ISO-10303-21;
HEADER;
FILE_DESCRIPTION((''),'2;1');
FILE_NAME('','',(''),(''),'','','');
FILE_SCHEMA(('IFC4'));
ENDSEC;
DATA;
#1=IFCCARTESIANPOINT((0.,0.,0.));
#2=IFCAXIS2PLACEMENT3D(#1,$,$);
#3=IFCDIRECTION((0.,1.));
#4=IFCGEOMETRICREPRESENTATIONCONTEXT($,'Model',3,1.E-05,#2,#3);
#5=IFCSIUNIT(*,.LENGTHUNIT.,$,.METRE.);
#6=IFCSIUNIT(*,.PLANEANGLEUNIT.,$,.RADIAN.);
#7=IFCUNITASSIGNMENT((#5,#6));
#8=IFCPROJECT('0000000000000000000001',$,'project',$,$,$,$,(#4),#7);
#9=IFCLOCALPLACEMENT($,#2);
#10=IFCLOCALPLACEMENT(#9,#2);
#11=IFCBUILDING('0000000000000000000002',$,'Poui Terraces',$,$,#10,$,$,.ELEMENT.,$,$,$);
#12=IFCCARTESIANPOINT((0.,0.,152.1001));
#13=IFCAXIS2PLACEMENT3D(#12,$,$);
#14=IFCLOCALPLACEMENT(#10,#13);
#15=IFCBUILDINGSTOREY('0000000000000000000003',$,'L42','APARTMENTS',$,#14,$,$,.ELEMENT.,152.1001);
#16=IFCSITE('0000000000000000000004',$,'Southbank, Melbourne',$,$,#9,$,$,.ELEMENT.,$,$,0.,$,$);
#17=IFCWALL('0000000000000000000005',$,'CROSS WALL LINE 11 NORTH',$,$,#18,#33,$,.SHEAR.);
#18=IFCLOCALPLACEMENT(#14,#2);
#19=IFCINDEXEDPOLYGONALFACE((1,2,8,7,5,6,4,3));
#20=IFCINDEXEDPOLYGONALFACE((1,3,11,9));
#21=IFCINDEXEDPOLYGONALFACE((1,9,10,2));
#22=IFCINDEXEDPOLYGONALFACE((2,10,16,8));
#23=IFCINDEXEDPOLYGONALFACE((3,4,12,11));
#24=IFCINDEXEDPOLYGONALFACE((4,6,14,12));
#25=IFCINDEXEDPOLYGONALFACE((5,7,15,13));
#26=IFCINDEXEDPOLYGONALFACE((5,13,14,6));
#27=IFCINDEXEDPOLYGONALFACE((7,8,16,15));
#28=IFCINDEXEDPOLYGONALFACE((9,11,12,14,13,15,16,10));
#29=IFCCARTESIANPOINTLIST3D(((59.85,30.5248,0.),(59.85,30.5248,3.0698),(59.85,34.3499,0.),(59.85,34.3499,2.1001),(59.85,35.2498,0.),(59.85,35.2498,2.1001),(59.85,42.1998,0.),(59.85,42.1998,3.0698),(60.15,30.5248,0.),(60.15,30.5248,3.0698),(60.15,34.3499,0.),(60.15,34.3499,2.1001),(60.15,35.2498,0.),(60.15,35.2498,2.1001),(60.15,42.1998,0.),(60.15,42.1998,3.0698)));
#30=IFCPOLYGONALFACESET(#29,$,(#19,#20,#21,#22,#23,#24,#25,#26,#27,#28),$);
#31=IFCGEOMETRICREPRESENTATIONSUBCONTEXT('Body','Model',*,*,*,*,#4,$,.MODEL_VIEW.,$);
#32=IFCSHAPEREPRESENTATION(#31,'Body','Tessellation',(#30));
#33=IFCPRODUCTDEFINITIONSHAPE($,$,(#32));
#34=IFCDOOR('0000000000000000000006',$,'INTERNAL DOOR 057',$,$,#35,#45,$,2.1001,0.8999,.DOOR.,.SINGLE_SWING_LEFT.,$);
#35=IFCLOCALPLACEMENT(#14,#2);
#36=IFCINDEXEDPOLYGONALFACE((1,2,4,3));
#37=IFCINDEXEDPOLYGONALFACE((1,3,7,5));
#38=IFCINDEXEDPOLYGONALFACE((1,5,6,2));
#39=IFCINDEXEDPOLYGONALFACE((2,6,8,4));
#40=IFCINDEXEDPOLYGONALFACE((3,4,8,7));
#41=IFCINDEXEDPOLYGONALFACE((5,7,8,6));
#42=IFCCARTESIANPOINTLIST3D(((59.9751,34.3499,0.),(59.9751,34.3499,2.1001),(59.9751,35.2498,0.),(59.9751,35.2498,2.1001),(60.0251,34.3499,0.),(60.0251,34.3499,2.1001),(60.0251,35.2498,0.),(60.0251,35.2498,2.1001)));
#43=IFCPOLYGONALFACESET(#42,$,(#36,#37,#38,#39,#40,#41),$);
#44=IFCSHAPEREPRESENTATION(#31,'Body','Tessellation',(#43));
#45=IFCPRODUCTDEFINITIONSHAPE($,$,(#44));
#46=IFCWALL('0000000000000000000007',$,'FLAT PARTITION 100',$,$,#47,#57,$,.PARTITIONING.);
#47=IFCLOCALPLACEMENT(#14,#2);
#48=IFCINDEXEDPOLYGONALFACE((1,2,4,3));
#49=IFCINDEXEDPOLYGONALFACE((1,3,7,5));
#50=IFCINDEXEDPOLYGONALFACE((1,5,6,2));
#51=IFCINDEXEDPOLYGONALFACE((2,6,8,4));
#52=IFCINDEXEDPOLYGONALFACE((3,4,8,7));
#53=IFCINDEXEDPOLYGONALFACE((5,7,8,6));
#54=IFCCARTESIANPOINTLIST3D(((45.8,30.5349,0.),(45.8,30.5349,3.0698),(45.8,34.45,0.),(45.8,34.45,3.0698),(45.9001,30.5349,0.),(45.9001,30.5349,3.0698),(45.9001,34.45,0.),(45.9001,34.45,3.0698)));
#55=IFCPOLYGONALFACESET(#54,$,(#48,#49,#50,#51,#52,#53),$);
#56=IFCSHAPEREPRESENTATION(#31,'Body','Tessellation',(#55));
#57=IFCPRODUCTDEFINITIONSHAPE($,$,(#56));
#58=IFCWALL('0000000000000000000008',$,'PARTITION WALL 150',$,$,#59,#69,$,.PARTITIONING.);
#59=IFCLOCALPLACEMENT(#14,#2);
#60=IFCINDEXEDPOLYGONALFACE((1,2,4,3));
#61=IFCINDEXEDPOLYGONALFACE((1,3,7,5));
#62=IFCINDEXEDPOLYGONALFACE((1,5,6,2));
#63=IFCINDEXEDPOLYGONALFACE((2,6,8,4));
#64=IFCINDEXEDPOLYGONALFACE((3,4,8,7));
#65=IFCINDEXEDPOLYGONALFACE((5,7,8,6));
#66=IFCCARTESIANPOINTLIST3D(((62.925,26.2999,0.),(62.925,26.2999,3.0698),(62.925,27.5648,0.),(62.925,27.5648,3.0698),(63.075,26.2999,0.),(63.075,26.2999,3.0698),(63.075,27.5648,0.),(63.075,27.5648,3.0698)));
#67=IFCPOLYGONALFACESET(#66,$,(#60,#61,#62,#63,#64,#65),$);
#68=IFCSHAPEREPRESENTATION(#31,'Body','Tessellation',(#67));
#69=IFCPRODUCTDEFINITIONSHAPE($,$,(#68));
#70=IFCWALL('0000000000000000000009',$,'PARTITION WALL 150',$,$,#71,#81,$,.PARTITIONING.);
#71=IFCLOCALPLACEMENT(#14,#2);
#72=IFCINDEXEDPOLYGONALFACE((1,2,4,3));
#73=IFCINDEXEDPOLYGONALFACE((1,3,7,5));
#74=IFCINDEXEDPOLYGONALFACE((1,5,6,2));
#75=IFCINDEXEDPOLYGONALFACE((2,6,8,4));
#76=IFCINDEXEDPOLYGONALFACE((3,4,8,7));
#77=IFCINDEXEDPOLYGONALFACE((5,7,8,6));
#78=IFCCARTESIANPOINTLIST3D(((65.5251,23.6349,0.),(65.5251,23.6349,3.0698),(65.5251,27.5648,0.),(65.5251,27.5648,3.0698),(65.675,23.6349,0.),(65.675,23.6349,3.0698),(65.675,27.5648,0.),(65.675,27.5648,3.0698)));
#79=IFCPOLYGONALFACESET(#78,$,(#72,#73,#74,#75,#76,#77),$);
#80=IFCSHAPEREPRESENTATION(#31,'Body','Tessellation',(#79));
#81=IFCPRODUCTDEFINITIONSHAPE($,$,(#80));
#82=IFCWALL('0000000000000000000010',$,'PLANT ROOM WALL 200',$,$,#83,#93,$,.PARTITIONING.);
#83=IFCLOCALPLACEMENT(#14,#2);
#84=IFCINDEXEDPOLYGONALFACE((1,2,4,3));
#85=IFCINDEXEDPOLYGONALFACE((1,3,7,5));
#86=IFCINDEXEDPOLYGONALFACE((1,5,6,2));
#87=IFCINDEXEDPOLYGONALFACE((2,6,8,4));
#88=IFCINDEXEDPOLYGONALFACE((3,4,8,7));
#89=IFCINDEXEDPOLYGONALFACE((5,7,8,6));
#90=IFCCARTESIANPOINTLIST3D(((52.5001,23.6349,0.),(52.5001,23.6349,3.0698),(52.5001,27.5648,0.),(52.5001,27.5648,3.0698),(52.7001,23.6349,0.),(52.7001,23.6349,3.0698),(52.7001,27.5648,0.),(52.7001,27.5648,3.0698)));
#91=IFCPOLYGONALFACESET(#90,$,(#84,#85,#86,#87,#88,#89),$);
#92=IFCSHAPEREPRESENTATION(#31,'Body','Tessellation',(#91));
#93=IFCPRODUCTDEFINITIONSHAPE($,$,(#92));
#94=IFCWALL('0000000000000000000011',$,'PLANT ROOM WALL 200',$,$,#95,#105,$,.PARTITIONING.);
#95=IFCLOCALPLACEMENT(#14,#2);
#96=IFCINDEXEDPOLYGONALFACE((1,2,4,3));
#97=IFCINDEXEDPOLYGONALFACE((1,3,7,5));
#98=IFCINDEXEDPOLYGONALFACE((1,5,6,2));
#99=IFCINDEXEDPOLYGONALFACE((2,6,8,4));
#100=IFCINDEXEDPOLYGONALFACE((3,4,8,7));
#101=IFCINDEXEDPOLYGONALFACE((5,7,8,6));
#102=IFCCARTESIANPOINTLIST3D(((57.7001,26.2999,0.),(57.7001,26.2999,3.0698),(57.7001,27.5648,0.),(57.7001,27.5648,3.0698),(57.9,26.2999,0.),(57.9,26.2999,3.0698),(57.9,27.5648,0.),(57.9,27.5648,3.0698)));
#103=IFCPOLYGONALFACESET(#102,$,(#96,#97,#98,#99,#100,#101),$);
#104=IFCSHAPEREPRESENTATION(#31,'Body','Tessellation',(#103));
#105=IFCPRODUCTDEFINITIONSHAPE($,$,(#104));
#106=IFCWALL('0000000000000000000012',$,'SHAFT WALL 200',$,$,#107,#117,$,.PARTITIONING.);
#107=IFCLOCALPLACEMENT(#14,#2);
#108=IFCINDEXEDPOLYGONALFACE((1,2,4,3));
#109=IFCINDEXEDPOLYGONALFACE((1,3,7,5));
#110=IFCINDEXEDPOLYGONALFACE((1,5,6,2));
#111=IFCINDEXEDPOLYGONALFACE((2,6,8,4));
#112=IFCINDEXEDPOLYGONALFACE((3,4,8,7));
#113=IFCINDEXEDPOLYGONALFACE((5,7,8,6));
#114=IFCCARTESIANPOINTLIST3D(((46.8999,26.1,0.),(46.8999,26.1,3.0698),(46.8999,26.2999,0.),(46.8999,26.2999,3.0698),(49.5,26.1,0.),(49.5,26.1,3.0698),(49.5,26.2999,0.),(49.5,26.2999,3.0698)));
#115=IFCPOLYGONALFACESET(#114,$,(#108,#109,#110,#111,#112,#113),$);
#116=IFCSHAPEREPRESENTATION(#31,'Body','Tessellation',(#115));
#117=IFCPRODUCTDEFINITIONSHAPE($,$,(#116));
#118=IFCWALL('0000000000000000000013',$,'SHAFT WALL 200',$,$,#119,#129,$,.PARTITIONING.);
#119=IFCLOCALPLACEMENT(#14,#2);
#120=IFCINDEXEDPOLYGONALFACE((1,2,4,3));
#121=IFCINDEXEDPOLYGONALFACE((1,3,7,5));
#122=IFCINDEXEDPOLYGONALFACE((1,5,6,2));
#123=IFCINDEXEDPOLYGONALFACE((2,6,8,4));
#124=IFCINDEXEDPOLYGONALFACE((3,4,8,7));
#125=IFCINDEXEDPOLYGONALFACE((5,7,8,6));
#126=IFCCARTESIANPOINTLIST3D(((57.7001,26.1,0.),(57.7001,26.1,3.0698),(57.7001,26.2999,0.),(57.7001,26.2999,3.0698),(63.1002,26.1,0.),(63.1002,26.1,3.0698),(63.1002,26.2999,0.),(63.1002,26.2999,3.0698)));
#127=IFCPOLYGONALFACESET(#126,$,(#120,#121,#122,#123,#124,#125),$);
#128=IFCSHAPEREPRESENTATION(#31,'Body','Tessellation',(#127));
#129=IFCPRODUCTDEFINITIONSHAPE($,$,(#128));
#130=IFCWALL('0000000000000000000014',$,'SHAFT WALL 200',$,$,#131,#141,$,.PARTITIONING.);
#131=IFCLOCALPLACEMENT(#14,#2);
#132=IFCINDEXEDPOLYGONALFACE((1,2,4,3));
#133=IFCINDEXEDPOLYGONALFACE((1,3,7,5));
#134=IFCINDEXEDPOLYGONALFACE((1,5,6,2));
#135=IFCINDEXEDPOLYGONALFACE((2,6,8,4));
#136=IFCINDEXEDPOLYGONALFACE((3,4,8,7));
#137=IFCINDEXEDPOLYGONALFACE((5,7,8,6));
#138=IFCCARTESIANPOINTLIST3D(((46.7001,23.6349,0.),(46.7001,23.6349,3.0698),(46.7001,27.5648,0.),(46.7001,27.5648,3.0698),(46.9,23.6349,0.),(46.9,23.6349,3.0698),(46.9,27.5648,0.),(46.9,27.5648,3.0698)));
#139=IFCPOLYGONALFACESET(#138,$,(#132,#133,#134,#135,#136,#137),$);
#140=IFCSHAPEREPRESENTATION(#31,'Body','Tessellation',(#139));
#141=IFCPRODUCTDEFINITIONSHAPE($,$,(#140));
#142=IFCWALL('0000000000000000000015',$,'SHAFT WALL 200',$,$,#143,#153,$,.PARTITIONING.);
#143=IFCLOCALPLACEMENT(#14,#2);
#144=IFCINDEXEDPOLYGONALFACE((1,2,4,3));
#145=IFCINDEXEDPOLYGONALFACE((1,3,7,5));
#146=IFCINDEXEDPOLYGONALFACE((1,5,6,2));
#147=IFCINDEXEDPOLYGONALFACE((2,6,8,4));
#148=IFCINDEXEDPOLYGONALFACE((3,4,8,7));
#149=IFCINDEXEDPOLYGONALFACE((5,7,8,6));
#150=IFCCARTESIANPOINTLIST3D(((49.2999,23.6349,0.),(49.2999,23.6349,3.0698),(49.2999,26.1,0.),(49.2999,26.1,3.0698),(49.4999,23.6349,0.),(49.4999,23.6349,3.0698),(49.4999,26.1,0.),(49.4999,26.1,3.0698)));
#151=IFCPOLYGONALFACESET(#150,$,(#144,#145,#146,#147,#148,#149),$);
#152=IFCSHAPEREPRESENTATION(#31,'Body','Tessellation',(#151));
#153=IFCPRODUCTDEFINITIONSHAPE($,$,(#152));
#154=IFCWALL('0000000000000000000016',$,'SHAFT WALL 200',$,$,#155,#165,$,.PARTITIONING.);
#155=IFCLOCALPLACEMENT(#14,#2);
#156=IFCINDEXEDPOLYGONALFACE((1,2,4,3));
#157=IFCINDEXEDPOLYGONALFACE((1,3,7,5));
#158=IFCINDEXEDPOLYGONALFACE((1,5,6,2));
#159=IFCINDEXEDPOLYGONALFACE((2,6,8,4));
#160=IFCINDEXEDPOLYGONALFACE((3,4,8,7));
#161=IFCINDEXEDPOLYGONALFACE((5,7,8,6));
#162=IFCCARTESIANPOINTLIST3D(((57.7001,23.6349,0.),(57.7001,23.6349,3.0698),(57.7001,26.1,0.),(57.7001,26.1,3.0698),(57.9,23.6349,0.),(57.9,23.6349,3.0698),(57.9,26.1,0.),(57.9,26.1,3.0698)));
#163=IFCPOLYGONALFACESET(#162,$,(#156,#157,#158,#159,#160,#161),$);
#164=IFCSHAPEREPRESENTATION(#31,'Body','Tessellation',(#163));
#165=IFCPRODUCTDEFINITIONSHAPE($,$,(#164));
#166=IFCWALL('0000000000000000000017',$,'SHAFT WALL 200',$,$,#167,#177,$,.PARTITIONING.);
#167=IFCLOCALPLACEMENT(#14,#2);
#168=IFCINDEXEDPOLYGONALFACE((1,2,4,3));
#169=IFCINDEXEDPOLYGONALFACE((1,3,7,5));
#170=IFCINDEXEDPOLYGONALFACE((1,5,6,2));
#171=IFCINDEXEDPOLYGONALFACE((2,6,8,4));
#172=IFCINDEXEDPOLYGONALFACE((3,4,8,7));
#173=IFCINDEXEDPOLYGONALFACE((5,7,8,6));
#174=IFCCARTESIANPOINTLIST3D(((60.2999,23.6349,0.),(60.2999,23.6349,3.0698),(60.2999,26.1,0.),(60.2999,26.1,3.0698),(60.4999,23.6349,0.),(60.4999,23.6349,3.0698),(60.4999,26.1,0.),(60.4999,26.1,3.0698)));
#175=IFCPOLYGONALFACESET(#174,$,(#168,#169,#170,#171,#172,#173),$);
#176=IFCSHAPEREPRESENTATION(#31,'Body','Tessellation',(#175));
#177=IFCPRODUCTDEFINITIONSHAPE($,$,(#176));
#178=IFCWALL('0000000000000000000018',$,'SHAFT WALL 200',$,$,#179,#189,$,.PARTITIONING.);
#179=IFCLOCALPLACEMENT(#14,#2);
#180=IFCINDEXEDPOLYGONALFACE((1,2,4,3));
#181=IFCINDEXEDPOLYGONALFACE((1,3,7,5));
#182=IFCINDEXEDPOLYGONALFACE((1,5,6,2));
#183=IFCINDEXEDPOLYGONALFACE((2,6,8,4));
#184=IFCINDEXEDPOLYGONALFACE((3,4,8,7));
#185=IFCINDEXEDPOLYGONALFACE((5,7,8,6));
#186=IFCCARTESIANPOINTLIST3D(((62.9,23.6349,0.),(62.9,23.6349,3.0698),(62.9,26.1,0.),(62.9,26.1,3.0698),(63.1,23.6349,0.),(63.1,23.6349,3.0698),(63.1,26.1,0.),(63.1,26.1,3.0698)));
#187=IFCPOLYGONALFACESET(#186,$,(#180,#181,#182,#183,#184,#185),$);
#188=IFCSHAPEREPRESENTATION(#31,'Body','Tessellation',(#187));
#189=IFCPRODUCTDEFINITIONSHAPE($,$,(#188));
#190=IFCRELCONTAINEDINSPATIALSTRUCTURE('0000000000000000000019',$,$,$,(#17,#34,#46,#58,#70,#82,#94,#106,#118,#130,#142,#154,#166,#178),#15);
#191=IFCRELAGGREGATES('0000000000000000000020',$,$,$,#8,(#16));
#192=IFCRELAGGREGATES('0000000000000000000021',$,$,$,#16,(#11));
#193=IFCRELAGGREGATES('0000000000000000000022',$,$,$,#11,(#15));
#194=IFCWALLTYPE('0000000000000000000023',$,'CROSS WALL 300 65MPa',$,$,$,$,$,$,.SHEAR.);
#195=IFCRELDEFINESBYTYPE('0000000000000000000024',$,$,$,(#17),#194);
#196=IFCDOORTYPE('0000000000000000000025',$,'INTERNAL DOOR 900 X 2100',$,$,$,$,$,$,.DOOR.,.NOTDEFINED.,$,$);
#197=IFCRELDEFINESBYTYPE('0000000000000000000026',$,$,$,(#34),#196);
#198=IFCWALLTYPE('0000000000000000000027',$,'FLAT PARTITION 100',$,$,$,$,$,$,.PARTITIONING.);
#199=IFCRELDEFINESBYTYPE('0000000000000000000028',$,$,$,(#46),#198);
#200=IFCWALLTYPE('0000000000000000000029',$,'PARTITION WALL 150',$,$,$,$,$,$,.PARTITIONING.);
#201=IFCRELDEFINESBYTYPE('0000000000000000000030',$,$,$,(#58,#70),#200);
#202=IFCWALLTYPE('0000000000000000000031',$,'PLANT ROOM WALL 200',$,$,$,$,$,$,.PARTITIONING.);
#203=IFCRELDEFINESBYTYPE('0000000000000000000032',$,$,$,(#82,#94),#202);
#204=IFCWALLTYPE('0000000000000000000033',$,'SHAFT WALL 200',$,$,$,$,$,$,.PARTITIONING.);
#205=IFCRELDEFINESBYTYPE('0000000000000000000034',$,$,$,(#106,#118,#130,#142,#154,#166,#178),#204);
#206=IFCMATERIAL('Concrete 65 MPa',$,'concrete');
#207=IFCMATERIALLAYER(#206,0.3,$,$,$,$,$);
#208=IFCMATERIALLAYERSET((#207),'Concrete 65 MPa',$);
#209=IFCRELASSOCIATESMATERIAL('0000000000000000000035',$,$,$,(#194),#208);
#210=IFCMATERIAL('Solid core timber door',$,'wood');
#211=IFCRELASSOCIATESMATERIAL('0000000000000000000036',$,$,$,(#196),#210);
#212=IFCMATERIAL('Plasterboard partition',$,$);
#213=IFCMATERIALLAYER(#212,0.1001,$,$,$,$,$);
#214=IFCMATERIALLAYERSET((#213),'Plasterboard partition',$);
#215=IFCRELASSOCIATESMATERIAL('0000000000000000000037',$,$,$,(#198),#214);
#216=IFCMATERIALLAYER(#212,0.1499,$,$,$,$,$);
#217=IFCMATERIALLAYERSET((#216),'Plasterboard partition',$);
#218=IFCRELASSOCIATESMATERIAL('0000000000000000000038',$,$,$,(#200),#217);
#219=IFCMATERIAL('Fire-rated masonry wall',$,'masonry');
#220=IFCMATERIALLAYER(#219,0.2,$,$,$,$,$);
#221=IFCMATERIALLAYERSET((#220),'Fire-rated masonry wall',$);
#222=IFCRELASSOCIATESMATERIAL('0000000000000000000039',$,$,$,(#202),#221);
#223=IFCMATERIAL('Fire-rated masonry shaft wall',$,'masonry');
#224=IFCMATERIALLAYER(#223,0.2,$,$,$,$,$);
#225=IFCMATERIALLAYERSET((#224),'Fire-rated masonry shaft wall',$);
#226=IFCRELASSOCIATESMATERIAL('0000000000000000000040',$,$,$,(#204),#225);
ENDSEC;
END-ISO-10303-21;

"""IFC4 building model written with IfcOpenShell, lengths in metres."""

from ifc_helpers import new_model, si_unit, direction, frame, frame_2d, origin, place, context, subcontext, project, spatial, rectangle, extrude, material, layer, layer_set, type_object, element, fill, save


model = new_model("IFC4")

# Units and contexts
model_context = context("Model", 3, precision=1e-05, world=origin(), true_north=direction((0.0, 1.0)))
body_context = subcontext(model_context, "Body", "Model", "MODEL_VIEW")
ifc_project = project(units=[si_unit("LENGTHUNIT", "METRE"), si_unit("PLANEANGLEUNIT", "RADIAN")], contexts=[model_context])

# Site, building, storey
site_placement = place(None, origin())
site = spatial("IfcSite", under=ifc_project, at=site_placement, Name="Southbank, Melbourne", CompositionType="ELEMENT", RefElevation=0.0)
building_placement = place(site_placement, origin())
building = spatial("IfcBuilding", under=site, at=building_placement, Name="Poui Terraces", CompositionType="ELEMENT")
storey_placement = place(building_placement, frame((0.0, 0.0, 152.1001)))
storey = spatial("IfcBuildingStorey", under=building, at=storey_placement, Name="L42", Description="APARTMENTS", CompositionType="ELEMENT", Elevation=152.1001)

# Shared definitions
ifc_material_1 = material(Name="Concrete 65 MPa", Category="concrete")

# Shared definitions
ifc_layer_1 = layer(ifc_material_1, 0.3)
ifc_layer_set_1 = layer_set([ifc_layer_1], Name="Concrete 65 MPa")
wall_type_1 = type_object("IfcWallType", Name="CROSS WALL 300 65MPa", PredefinedType="SHEAR", material=ifc_layer_set_1)

# Wall, opening, door
ifc_material_2 = material(Name="Solid core timber door", Category="wood")
door_type_1 = type_object("IfcDoorType", Name="INTERNAL DOOR 900 X 2100", OperationType="NOTDEFINED", PredefinedType="DOOR", material=ifc_material_2)
wall_1_placement = place(storey_placement, frame((60.0, 30.5249, 0.0), z_axis=(0.0, 0.0, 1.0), x_axis=(0.0, 1.0, 0.0)))
wall_1 = element("IfcWall", 1, at=wall_1_placement, inside=storey, type_object=wall_type_1, Name="CROSS WALL LINE 11 NORTH", PredefinedType="SHEAR", context=body_context, shape_type="SweptSolid", body=[
    extrude(rectangle(XDim=11.675, YDim=0.3, at=frame_2d((5.8374, 0.0))), origin(), (0.0, 0.0, 1.0), 3.0698),
])
opening_1_placement = place(wall_1_placement, frame((3.825, 0.0, 0.0)))
opening_1 = element("IfcOpeningElement", 2, at=opening_1_placement, cuts=wall_1, PredefinedType="OPENING", context=body_context, shape_type="SweptSolid", body=[
    extrude(rectangle(XDim=0.8999, YDim=2.1001, at=frame_2d((0.45, 1.05))), frame((0.0, 0.1602, 0.0), z_axis=(0.0, -1.0, 0.0), x_axis=(1.0, 0.0, 0.0)), (0.0, 0.0, 1.0), 0.3201),
])
door_1_placement = place(opening_1_placement, origin())
door_1 = element("IfcDoor", 3, at=door_1_placement, inside=storey, type_object=door_type_1, Name="INTERNAL DOOR 057", OperationType="SINGLE_SWING_LEFT", OverallHeight=2.1001, OverallWidth=0.8999, PredefinedType="DOOR", context=body_context, shape_type="SweptSolid", body=[
    extrude(rectangle(XDim=0.8999, YDim=2.1001, at=frame_2d((0.45, 1.05))), frame((0.0, 0.0249, 0.0), z_axis=(0.0, -1.0, 0.0), x_axis=(1.0, 0.0, 0.0)), (0.0, 0.0, 1.0), 0.05),
])
fill(opening_1, door_1)

# Walls
ifc_material_3 = material(Name="Plasterboard partition")
ifc_layer_2 = layer(ifc_material_3, 0.1001)
ifc_layer_set_2 = layer_set([ifc_layer_2], Name="Plasterboard partition")
wall_type_2 = type_object("IfcWallType", Name="FLAT PARTITION 100", PredefinedType="PARTITIONING", material=ifc_layer_set_2)
wall_2_placement = place(storey_placement, frame((45.8501, 30.5349, 0.0), z_axis=(0.0, 0.0, 1.0), x_axis=(0.0, 1.0, 0.0)))
element("IfcWall", 4, at=wall_2_placement, inside=storey, type_object=wall_type_2, Name="FLAT PARTITION 100", PredefinedType="PARTITIONING", context=body_context, shape_type="SweptSolid", body=[
    extrude(rectangle(XDim=3.915, YDim=0.1001, at=frame_2d((1.9575, 0.0))), origin(), (0.0, 0.0, 1.0), 3.0698),
])
ifc_layer_3 = layer(ifc_material_3, 0.1499)
ifc_layer_set_3 = layer_set([ifc_layer_3], Name="Plasterboard partition")
wall_type_3 = type_object("IfcWallType", Name="PARTITION WALL 150", PredefinedType="PARTITIONING", material=ifc_layer_set_3)
wall_3_placement = place(storey_placement, frame((63.0, 26.3, 0.0), z_axis=(0.0, 0.0, 1.0), x_axis=(0.0, 1.0, 0.0)))
element("IfcWall", 5, at=wall_3_placement, inside=storey, type_object=wall_type_3, Name="PARTITION WALL 150", PredefinedType="PARTITIONING", context=body_context, shape_type="SweptSolid", body=[
    extrude(rectangle(XDim=1.2649, YDim=0.1499, at=frame_2d((0.6323, 0.0))), origin(), (0.0, 0.0, 1.0), 3.0698),
])
wall_4_placement = place(storey_placement, frame((65.6001, 23.635, 0.0), z_axis=(0.0, 0.0, 1.0), x_axis=(0.0, 1.0, 0.0)))
element("IfcWall", 6, at=wall_4_placement, inside=storey, type_object=wall_type_3, Name="PARTITION WALL 150", PredefinedType="PARTITIONING", context=body_context, shape_type="SweptSolid", body=[
    extrude(rectangle(XDim=3.9299, YDim=0.1499, at=frame_2d((1.9648, 0.0))), origin(), (0.0, 0.0, 1.0), 3.0698),
])
ifc_material_4 = material(Name="Fire-rated masonry wall", Category="masonry")
ifc_layer_4 = layer(ifc_material_4, 0.2)
ifc_layer_set_4 = layer_set([ifc_layer_4], Name="Fire-rated masonry wall")
wall_type_4 = type_object("IfcWallType", Name="PLANT ROOM WALL 200", PredefinedType="PARTITIONING", material=ifc_layer_set_4)
wall_5_placement = place(storey_placement, frame((52.6001, 23.635, 0.0), z_axis=(0.0, 0.0, 1.0), x_axis=(0.0, 1.0, 0.0)))
element("IfcWall", 7, at=wall_5_placement, inside=storey, type_object=wall_type_4, Name="PLANT ROOM WALL 200", PredefinedType="PARTITIONING", context=body_context, shape_type="SweptSolid", body=[
    extrude(rectangle(XDim=3.9299, YDim=0.2, at=frame_2d((1.9648, 0.0))), origin(), (0.0, 0.0, 1.0), 3.0698),
])
wall_6_placement = place(storey_placement, frame((57.8, 26.3, 0.0), z_axis=(0.0, 0.0, 1.0), x_axis=(0.0, 1.0, 0.0)))
element("IfcWall", 8, at=wall_6_placement, inside=storey, type_object=wall_type_4, Name="PLANT ROOM WALL 200", PredefinedType="PARTITIONING", context=body_context, shape_type="SweptSolid", body=[
    extrude(rectangle(XDim=1.2649, YDim=0.2, at=frame_2d((0.6323, 0.0))), origin(), (0.0, 0.0, 1.0), 3.0698),
])
ifc_material_5 = material(Name="Fire-rated masonry shaft wall", Category="masonry")
ifc_layer_5 = layer(ifc_material_5, 0.2)
ifc_layer_set_5 = layer_set([ifc_layer_5], Name="Fire-rated masonry shaft wall")
wall_type_5 = type_object("IfcWallType", Name="SHAFT WALL 200", PredefinedType="PARTITIONING", material=ifc_layer_set_5)
wall_7_placement = place(storey_placement, frame((46.8999, 26.2, 0.0), z_axis=(0.0, 0.0, 1.0), x_axis=(1.0, 0.0, 0.0)))
element("IfcWall", 9, at=wall_7_placement, inside=storey, type_object=wall_type_5, Name="SHAFT WALL 200", PredefinedType="PARTITIONING", context=body_context, shape_type="SweptSolid", body=[
    extrude(rectangle(XDim=2.6001, YDim=0.2, at=frame_2d((1.3, 0.0))), origin(), (0.0, 0.0, 1.0), 3.0698),
])
wall_8_placement = place(storey_placement, frame((57.7, 26.2, 0.0), z_axis=(0.0, 0.0, 1.0), x_axis=(1.0, 0.0, 0.0)))
element("IfcWall", 10, at=wall_8_placement, inside=storey, type_object=wall_type_5, Name="SHAFT WALL 200", PredefinedType="PARTITIONING", context=body_context, shape_type="SweptSolid", body=[
    extrude(rectangle(XDim=5.4001, YDim=0.2, at=frame_2d((2.7002, 0.0))), origin(), (0.0, 0.0, 1.0), 3.0698),
])
wall_9_placement = place(storey_placement, frame((46.8, 23.635, 0.0), z_axis=(0.0, 0.0, 1.0), x_axis=(0.0, 1.0, 0.0)))
element("IfcWall", 11, at=wall_9_placement, inside=storey, type_object=wall_type_5, Name="SHAFT WALL 200", PredefinedType="PARTITIONING", context=body_context, shape_type="SweptSolid", body=[
    extrude(rectangle(XDim=3.9299, YDim=0.2, at=frame_2d((1.9648, 0.0))), origin(), (0.0, 0.0, 1.0), 3.0698),
])
for number, where, z_axis, x_axis, name in (
    (12, (49.3999, 23.635, 0.0), (0.0, 0.0, 1.0), (0.0, 1.0, 0.0), "SHAFT WALL 200"),
    (13, (57.8, 23.635, 0.0), (0.0, 0.0, 1.0), (0.0, 1.0, 0.0), "SHAFT WALL 200"),
    (14, (60.3999, 23.635, 0.0), (0.0, 0.0, 1.0), (0.0, 1.0, 0.0), "SHAFT WALL 200"),
    (15, (63.0, 23.635, 0.0), (0.0, 0.0, 1.0), (0.0, 1.0, 0.0), "SHAFT WALL 200"),
):
    element("IfcWall", number, at=place(storey_placement, frame(where, z_axis=z_axis, x_axis=x_axis)), inside=storey, type_object=wall_type_5, Name=name, PredefinedType="PARTITIONING", context=body_context, shape_type="SweptSolid", body=[
        extrude(rectangle(XDim=2.4651, YDim=0.2, at=frame_2d((1.2324, 0.0))), origin(), (0.0, 0.0, 1.0), 3.0698),
    ])

save(model, "model.ifc")
